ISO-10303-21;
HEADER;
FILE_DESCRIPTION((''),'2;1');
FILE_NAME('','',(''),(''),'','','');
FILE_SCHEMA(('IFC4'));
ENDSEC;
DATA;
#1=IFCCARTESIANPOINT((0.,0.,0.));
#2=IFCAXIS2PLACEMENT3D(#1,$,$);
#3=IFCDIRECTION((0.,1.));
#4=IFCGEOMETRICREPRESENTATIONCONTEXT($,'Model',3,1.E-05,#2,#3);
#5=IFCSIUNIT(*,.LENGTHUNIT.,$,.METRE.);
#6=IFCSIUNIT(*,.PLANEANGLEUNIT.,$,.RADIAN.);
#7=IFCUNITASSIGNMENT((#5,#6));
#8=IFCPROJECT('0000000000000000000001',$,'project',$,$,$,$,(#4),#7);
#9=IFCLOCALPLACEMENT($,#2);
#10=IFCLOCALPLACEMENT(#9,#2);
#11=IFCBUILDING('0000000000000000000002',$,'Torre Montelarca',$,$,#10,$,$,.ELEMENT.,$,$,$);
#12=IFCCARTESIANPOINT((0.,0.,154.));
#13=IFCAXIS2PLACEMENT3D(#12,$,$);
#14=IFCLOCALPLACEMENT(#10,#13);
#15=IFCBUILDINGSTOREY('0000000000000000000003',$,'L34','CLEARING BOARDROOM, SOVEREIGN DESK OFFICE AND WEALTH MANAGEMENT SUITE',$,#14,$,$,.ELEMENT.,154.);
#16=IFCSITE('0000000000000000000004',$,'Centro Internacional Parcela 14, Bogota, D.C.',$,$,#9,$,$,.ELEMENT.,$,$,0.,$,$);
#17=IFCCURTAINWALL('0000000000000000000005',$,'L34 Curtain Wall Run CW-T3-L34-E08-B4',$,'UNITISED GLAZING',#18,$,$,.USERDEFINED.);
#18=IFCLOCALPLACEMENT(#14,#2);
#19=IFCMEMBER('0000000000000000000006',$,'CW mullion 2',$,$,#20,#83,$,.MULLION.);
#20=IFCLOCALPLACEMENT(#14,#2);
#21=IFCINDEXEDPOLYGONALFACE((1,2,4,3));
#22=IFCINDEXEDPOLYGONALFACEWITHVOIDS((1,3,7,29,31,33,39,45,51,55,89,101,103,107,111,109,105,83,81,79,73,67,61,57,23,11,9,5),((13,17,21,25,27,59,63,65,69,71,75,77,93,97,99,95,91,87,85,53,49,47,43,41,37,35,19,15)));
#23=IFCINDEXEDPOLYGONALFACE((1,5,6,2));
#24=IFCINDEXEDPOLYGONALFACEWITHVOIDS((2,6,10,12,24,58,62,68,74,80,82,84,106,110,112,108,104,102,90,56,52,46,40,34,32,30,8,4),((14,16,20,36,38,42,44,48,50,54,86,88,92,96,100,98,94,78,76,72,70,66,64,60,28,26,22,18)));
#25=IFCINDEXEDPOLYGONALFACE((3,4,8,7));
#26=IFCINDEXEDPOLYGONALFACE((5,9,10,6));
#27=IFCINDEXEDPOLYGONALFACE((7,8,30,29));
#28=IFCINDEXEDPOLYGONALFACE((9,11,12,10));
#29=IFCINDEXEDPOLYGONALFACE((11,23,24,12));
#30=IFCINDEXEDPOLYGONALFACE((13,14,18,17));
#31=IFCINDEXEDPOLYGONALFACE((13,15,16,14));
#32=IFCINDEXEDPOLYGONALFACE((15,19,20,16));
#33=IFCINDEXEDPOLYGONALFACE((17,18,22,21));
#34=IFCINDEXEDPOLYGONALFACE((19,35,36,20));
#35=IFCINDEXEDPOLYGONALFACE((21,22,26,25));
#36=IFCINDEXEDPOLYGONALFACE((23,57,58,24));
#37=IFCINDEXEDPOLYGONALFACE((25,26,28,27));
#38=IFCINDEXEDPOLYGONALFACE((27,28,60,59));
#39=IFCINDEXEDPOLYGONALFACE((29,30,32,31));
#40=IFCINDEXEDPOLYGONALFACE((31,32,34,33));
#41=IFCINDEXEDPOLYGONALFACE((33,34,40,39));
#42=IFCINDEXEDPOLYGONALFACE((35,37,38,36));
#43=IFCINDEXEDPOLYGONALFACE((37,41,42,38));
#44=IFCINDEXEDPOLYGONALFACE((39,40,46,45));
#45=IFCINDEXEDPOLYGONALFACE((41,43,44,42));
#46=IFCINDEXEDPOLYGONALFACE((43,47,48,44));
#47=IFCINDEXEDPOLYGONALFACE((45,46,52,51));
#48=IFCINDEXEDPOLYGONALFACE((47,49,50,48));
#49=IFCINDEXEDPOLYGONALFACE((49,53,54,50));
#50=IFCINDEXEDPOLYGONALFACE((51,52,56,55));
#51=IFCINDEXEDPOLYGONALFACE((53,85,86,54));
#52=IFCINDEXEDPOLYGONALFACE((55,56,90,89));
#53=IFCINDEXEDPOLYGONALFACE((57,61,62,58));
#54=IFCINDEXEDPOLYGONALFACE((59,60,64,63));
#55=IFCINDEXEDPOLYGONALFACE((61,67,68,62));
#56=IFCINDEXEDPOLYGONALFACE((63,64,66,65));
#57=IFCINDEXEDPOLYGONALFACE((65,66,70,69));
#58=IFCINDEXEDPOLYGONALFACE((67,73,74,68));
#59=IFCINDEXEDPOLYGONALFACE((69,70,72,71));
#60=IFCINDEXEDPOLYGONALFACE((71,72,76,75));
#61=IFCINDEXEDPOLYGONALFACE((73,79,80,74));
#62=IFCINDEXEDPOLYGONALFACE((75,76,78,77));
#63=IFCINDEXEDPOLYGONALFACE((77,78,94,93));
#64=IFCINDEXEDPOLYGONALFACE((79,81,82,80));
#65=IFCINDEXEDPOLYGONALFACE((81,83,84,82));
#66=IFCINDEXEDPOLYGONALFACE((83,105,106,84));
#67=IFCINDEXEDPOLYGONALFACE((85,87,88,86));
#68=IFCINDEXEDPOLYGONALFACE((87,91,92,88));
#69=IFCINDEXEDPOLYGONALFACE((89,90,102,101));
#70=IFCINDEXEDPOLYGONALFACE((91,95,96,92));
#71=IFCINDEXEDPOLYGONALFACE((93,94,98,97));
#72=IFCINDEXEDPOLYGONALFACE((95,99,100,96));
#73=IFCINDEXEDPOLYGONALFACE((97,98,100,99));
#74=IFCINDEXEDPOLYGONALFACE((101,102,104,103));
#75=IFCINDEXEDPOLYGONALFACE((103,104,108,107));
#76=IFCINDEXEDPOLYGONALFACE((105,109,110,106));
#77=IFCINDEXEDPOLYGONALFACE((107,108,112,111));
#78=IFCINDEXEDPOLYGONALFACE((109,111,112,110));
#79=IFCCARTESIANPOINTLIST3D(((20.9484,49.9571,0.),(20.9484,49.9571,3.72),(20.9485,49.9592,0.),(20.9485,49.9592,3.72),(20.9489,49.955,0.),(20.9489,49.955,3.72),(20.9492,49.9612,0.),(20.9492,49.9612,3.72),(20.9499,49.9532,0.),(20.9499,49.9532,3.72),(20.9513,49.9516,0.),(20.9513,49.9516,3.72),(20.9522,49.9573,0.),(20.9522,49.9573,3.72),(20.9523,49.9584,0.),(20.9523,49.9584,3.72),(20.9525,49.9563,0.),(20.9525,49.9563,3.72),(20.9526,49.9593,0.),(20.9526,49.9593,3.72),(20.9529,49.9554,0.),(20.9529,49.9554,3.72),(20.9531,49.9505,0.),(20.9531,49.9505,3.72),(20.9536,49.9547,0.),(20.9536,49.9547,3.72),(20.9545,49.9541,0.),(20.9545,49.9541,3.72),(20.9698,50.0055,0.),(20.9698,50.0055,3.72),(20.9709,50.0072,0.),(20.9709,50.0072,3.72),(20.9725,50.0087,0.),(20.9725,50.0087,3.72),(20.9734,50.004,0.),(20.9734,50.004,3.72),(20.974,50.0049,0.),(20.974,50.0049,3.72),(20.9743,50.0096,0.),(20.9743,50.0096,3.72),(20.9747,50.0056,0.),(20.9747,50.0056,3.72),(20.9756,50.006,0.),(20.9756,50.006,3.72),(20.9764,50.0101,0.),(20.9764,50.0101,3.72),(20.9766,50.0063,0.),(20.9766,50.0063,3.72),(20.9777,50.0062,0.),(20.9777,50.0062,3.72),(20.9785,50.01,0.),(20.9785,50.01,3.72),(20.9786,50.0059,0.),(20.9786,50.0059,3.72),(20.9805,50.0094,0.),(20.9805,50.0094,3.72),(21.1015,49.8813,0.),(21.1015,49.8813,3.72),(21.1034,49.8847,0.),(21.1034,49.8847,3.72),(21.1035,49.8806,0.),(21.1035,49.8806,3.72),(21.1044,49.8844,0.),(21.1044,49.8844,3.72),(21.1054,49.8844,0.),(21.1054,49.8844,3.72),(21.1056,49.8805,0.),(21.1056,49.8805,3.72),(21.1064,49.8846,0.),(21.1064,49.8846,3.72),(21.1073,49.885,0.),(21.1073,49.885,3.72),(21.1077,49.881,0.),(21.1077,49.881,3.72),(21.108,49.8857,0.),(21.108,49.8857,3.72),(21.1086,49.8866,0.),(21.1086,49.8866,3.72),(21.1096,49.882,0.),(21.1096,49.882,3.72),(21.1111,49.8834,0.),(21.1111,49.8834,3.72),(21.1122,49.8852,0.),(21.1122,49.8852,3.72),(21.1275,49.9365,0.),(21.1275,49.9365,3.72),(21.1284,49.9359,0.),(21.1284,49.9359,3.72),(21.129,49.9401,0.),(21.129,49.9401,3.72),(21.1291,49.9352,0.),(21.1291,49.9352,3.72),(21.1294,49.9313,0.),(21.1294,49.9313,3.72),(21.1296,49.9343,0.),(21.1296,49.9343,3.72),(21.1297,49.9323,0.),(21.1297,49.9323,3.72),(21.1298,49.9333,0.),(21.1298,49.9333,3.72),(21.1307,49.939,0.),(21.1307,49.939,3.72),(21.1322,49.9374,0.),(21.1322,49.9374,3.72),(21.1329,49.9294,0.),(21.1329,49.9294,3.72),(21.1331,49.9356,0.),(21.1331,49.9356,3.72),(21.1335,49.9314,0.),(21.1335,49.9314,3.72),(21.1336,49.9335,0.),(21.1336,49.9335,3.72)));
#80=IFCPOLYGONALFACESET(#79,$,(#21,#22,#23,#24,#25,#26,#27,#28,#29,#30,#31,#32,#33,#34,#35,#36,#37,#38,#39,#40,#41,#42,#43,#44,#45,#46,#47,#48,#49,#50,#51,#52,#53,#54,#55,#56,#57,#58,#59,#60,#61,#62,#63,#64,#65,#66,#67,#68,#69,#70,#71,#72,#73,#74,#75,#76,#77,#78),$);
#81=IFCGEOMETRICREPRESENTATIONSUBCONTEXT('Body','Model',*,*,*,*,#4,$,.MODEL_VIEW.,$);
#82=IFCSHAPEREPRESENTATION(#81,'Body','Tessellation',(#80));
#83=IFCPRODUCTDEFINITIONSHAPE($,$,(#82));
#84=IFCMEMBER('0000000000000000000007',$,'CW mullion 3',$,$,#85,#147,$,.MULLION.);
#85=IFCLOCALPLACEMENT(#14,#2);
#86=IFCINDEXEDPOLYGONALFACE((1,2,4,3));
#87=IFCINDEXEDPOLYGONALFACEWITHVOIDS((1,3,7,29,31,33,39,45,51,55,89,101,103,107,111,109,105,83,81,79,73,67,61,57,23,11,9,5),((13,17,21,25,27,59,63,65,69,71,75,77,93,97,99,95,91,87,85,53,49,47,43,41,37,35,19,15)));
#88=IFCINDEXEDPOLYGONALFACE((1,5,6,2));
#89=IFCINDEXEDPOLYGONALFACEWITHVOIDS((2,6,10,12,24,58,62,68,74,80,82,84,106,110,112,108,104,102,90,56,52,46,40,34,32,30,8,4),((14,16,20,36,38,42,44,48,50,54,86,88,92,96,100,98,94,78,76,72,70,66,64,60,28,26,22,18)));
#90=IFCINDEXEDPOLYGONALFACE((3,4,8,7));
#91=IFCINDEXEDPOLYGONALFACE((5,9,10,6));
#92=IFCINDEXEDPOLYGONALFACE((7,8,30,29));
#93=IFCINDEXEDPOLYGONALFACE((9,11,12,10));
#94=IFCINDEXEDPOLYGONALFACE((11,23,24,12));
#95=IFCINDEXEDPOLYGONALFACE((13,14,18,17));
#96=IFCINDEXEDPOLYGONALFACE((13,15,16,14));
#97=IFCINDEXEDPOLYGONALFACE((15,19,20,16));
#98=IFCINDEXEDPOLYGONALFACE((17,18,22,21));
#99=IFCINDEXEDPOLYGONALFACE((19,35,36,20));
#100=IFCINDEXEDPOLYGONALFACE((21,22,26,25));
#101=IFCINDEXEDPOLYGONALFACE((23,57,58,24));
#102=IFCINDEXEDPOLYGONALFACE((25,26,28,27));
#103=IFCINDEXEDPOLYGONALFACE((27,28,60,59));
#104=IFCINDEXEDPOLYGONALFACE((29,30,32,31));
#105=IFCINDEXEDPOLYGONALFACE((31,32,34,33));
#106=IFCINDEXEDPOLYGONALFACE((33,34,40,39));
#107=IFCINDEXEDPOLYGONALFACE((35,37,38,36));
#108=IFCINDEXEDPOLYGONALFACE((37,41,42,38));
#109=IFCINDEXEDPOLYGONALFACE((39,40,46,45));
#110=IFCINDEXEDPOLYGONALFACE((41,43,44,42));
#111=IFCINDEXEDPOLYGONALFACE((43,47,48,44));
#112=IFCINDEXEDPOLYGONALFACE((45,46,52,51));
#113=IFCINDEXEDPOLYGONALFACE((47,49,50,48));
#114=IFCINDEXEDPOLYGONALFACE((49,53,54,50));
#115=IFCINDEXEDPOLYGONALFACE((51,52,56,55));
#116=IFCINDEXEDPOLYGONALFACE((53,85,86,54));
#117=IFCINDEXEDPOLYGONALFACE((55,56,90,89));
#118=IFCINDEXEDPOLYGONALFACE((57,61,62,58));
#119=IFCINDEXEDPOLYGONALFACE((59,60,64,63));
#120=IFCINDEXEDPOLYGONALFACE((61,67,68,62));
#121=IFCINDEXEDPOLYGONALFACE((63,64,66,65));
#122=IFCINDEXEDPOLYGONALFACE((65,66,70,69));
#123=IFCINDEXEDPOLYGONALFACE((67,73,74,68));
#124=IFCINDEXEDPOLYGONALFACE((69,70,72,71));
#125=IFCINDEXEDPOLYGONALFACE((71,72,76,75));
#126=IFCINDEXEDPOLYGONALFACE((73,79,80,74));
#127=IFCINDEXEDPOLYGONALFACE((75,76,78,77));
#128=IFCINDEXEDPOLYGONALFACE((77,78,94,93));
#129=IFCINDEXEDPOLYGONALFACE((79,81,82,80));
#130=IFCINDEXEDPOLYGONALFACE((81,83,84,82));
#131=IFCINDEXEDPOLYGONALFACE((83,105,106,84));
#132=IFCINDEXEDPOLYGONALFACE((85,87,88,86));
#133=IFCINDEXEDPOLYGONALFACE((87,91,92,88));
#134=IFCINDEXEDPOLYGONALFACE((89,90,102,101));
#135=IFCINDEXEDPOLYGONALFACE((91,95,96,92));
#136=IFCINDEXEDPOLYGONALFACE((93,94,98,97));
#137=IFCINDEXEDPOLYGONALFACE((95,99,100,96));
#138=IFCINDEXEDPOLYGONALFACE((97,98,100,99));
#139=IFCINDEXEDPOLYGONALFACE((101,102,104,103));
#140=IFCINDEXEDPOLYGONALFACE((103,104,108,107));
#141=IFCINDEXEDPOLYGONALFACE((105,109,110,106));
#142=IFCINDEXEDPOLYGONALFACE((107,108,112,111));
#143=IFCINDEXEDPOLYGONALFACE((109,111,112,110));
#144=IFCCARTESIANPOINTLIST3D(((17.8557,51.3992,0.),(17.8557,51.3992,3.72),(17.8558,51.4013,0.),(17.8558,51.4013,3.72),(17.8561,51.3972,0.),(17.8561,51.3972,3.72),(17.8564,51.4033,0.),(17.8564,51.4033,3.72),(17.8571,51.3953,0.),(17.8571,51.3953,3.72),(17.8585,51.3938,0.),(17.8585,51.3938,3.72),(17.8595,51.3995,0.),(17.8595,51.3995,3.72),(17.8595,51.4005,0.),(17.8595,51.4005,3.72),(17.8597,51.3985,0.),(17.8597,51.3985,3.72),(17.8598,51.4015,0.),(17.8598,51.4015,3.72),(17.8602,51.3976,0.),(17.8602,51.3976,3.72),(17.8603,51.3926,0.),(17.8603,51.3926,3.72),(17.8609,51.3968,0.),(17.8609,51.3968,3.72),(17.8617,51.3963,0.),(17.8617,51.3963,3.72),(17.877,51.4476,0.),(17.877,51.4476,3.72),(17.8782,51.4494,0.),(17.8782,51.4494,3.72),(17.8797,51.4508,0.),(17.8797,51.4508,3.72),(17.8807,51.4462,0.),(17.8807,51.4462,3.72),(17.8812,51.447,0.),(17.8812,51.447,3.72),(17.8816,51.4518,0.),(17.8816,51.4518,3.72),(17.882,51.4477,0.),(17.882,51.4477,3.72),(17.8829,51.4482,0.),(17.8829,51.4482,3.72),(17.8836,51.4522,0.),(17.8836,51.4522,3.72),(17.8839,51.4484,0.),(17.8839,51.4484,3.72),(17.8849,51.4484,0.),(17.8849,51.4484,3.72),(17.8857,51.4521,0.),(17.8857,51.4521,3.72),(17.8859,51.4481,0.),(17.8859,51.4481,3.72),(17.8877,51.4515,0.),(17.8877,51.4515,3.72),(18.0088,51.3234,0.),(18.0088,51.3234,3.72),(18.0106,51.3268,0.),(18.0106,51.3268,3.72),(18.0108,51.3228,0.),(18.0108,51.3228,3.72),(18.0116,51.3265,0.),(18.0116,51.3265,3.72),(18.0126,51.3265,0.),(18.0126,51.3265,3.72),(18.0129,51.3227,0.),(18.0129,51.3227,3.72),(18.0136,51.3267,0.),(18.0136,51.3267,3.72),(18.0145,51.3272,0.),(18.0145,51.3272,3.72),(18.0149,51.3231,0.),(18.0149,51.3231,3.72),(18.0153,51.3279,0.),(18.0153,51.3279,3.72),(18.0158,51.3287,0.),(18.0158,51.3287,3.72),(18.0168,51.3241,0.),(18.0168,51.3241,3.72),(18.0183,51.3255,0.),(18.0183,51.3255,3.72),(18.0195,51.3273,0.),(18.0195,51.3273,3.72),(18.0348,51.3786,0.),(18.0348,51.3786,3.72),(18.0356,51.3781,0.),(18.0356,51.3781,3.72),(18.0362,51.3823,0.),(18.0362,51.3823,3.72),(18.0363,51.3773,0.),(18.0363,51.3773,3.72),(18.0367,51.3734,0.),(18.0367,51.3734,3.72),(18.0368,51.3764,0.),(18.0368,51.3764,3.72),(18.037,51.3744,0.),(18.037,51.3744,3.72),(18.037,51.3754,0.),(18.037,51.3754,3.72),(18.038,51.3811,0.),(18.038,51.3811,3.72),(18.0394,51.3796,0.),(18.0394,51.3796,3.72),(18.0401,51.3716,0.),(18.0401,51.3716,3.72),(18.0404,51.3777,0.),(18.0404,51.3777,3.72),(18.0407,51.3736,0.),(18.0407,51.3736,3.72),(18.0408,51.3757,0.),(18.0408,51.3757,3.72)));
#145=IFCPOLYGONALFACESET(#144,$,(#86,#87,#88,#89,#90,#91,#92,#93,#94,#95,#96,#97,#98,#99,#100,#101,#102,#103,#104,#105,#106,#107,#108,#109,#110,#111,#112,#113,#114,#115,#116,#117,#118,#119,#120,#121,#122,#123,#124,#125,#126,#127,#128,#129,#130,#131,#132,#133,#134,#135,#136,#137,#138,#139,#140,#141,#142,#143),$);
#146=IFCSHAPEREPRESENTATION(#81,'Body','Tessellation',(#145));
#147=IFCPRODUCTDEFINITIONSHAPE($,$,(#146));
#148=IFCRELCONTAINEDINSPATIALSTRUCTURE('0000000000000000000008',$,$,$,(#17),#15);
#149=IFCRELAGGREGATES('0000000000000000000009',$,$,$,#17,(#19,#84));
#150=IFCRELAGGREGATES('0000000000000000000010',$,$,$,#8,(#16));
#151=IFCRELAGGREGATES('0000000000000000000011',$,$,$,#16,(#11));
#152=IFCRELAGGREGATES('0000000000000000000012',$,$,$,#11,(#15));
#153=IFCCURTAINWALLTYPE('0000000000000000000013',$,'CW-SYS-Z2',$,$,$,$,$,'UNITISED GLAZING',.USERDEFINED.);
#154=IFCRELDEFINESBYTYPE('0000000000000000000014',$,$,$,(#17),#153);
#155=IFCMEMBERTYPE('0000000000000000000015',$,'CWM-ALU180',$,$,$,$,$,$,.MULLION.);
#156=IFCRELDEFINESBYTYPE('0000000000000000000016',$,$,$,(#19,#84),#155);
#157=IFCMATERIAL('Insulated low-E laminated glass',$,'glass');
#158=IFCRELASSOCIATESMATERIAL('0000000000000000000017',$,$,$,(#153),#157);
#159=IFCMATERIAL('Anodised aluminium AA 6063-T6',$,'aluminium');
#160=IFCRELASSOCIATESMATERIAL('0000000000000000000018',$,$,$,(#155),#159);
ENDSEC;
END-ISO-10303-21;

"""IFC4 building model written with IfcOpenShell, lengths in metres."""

from ifc_helpers import new_model, si_unit, direction, frame, origin, origin_2d, place, context, subcontext, project, spatial, hollow_rectangle, extrude, source, transform, mapped, material, material_profile, profile_set, type_object, element, aggregate, save


model = new_model("IFC4")

# Units and contexts
model_context = context("Model", 3, precision=1e-05, world=origin(), true_north=direction((0.0, 1.0)))
body_context = subcontext(model_context, "Body", "Model", "MODEL_VIEW")
ifc_project = project(units=[si_unit("LENGTHUNIT", "METRE"), si_unit("PLANEANGLEUNIT", "RADIAN")], contexts=[model_context])

# Site, building, storey
site_placement = place(None, origin())
site = spatial("IfcSite", under=ifc_project, at=site_placement, Name="Centro Internacional Parcela 14, Bogota, D.C.", CompositionType="ELEMENT", RefElevation=0.0)
building_placement = place(site_placement, origin())
building = spatial("IfcBuilding", under=site, at=building_placement, Name="Torre Montelarca", CompositionType="ELEMENT")
storey_placement = place(building_placement, frame((0.0, 0.0, 154.0)))
storey = spatial("IfcBuildingStorey", under=building, at=storey_placement, Name="L34", Description="CLEARING BOARDROOM, SOVEREIGN DESK OFFICE AND WEALTH MANAGEMENT SUITE", CompositionType="ELEMENT", Elevation=154.0)

# Curtain wall, members
ifc_material_1 = material(Name="Insulated low-E laminated glass", Category="glass")
curtain_wall_type = type_object("IfcCurtainWallType", Name="CW-SYS-Z2", ElementType="UNITISED GLAZING", PredefinedType="USERDEFINED", material=ifc_material_1)
ifc_material_2 = material(Name="Anodised aluminium AA 6063-T6", Category="aluminium")
curtain_wall_1_placement = place(storey_placement, origin())
curtain_wall_1 = element("IfcCurtainWall", 1, at=curtain_wall_1_placement, inside=storey, type_object=curtain_wall_type, Name="L34 Curtain Wall Run CW-T3-L34-E08-B4", ObjectType="UNITISED GLAZING", PredefinedType="USERDEFINED")
ifc_material_profile_1 = material_profile(ifc_material_2, hollow_rectangle(XDim=0.0649, YDim=0.1799, WallThickness=0.0039, InnerFilletRadius=0.0039, OuterFilletRadius=0.0081, at=origin_2d()), Name="ALU65X180X4", Category="aluminium")
ifc_profile_set_1 = profile_set([ifc_material_profile_1], Name="Anodised aluminium AA 6063-T6")
member_type_1 = type_object("IfcMemberType", Name="CWM-ALU180", PredefinedType="MULLION", material=ifc_profile_set_1)
shared_shape_1 = source(origin(), body_context, "Body", "SweptSolid", [
    extrude(hollow_rectangle(XDim=0.0649, YDim=0.1799, WallThickness=0.0039, InnerFilletRadius=0.0039, OuterFilletRadius=0.0081, at=origin_2d()), origin(), (0.0, 0.0, 1.0), 3.72),
])
member_1_placement = place(storey_placement, frame((21.041, 49.9453, 0.0), z_axis=(0.0, 0.0, 1.0), x_axis=(-0.422606, -0.906314, 0.0)))
member_1 = element("IfcMember", 2, at=member_1_placement, type_object=member_type_1, Name="CW mullion 2", PredefinedType="MULLION", context=body_context, shape_type="MappedRepresentation", body=[
    mapped(shared_shape_1, transform((0.0, 0.0, 0.0), scale=1.0)),
])
member_2_placement = place(storey_placement, frame((17.9482, 51.3875, 0.0), z_axis=(0.0, 0.0, 1.0), x_axis=(-0.422606, -0.906314, 0.0)))
member_2 = element("IfcMember", 3, at=member_2_placement, type_object=member_type_1, Name="CW mullion 3", PredefinedType="MULLION", context=body_context, shape_type="MappedRepresentation", body=[
    mapped(shared_shape_1, transform((0.0, 0.0, 0.0), scale=1.0)),
])

aggregate(curtain_wall_1, [member_1, member_2])

save(model, "model.ifc")
